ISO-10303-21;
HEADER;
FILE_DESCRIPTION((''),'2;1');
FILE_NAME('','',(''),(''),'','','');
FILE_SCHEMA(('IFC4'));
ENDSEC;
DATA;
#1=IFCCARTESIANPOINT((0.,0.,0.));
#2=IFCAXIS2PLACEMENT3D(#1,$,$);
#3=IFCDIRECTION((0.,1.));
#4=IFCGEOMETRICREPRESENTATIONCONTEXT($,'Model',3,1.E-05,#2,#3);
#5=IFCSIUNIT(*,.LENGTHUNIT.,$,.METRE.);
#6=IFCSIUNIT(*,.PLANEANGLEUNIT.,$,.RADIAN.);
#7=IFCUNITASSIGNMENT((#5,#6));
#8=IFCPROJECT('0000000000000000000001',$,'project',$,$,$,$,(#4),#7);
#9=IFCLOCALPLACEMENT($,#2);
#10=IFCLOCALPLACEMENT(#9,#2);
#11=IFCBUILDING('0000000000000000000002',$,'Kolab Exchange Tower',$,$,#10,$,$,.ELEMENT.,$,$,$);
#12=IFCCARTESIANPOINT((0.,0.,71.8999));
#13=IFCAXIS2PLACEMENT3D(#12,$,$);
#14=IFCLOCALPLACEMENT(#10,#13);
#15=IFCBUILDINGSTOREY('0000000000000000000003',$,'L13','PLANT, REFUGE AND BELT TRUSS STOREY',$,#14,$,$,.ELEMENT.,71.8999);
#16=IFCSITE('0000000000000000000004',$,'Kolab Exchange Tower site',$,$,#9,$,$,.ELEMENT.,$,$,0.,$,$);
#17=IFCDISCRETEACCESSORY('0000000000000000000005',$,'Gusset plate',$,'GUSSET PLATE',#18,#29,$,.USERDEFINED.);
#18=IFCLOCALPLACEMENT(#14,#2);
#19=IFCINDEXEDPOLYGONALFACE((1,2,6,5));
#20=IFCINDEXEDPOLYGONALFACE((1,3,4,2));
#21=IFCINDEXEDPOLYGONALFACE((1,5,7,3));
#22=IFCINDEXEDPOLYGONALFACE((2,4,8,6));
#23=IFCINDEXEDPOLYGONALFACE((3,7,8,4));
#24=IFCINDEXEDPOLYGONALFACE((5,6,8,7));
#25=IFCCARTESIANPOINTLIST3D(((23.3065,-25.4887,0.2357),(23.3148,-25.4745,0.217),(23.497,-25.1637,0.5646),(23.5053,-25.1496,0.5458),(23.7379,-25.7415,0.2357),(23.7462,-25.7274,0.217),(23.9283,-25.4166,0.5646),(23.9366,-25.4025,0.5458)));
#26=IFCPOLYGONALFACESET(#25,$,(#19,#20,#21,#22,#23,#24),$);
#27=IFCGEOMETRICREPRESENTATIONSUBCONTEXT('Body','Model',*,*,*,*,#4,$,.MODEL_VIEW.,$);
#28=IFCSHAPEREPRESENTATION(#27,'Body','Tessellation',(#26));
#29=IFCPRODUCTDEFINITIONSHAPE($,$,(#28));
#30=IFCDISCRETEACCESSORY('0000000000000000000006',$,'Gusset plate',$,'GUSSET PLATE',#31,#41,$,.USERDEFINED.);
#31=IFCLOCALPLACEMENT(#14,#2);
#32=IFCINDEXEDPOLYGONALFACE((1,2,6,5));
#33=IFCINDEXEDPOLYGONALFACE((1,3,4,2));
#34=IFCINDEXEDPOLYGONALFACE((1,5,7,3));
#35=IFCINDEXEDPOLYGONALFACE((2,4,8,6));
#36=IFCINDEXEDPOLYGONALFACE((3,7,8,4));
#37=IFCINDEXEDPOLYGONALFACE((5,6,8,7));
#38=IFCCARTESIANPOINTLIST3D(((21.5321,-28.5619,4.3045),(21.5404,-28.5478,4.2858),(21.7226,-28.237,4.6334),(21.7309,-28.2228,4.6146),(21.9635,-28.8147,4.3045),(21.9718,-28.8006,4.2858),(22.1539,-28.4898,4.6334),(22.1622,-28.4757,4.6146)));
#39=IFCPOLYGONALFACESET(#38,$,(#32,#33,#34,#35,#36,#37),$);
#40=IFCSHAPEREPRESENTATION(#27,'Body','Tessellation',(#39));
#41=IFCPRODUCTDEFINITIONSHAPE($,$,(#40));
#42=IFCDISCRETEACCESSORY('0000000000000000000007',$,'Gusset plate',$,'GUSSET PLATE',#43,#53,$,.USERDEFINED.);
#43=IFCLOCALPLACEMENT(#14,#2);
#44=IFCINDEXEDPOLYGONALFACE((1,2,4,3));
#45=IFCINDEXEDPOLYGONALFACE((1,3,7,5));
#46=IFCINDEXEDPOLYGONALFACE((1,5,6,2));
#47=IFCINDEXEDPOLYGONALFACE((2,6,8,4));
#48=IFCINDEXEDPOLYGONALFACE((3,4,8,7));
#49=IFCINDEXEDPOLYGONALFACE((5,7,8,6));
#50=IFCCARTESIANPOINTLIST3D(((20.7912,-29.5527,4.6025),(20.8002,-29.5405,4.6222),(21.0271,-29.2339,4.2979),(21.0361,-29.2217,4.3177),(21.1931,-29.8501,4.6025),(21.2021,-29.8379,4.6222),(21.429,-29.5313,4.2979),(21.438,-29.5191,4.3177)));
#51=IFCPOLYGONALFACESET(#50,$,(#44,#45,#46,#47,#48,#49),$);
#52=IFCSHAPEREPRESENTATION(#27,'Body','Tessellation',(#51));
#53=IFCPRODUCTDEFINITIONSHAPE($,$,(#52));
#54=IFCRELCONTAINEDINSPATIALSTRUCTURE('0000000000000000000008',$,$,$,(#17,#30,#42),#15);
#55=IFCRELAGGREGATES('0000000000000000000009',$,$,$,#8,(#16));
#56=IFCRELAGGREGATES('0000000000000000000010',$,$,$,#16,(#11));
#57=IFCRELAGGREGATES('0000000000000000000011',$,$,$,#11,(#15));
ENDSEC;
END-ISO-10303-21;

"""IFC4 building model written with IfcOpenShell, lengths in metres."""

from ifc_helpers import new_model, si_unit, direction, frame, origin, origin_2d, place, context, subcontext, project, spatial, rectangle, extrude, element, save


model = new_model("IFC4")

# Units and contexts
model_context = context("Model", 3, precision=1e-05, world=origin(), true_north=direction((0.0, 1.0)))
body_context = subcontext(model_context, "Body", "Model", "MODEL_VIEW")
ifc_project = project(units=[si_unit("LENGTHUNIT", "METRE"), si_unit("PLANEANGLEUNIT", "RADIAN")], contexts=[model_context])

# Site, building, storey
site_placement = place(None, origin())
site = spatial("IfcSite", under=ifc_project, at=site_placement, Name="Kolab Exchange Tower site", CompositionType="ELEMENT", RefElevation=0.0)
building_placement = place(site_placement, origin())
building = spatial("IfcBuilding", under=site, at=building_placement, Name="Kolab Exchange Tower", CompositionType="ELEMENT")
storey_placement = place(building_placement, frame((0.0, 0.0, 71.8999)))
storey = spatial("IfcBuildingStorey", under=building, at=storey_placement, Name="L13", Description="PLANT, REFUGE AND BELT TRUSS STOREY", CompositionType="ELEMENT", Elevation=71.8999)

# Discrete accessories
for number, where, z_axis, x_axis, name in (
    (1, (23.6174, -25.4526, 0.4001), (0.332615, 0.567402, -0.753275), (-0.862698, 0.505719, 0.0), "Gusset plate"),
    (2, (21.8513, -28.5117, 4.4502), (-0.332615, -0.567402, 0.753275), (0.862698, -0.505719, 0.0), "Gusset plate"),
    (3, (21.1101, -29.542, 4.4502), (0.362293, 0.489585, 0.793127), (-0.803842, 0.594843, 0.0), "Gusset plate"),
):
    element("IfcDiscreteAccessory", number, at=place(storey_placement, frame(where, z_axis=z_axis, x_axis=x_axis)), inside=storey, Name=name, ObjectType="GUSSET PLATE", PredefinedType="USERDEFINED", context=body_context, shape_type="SweptSolid", body=[
        extrude(rectangle(XDim=0.5, YDim=0.5, at=origin_2d()), origin(), (0.0, 0.0, 1.0), 0.0249),
    ])

save(model, "model.ifc")
